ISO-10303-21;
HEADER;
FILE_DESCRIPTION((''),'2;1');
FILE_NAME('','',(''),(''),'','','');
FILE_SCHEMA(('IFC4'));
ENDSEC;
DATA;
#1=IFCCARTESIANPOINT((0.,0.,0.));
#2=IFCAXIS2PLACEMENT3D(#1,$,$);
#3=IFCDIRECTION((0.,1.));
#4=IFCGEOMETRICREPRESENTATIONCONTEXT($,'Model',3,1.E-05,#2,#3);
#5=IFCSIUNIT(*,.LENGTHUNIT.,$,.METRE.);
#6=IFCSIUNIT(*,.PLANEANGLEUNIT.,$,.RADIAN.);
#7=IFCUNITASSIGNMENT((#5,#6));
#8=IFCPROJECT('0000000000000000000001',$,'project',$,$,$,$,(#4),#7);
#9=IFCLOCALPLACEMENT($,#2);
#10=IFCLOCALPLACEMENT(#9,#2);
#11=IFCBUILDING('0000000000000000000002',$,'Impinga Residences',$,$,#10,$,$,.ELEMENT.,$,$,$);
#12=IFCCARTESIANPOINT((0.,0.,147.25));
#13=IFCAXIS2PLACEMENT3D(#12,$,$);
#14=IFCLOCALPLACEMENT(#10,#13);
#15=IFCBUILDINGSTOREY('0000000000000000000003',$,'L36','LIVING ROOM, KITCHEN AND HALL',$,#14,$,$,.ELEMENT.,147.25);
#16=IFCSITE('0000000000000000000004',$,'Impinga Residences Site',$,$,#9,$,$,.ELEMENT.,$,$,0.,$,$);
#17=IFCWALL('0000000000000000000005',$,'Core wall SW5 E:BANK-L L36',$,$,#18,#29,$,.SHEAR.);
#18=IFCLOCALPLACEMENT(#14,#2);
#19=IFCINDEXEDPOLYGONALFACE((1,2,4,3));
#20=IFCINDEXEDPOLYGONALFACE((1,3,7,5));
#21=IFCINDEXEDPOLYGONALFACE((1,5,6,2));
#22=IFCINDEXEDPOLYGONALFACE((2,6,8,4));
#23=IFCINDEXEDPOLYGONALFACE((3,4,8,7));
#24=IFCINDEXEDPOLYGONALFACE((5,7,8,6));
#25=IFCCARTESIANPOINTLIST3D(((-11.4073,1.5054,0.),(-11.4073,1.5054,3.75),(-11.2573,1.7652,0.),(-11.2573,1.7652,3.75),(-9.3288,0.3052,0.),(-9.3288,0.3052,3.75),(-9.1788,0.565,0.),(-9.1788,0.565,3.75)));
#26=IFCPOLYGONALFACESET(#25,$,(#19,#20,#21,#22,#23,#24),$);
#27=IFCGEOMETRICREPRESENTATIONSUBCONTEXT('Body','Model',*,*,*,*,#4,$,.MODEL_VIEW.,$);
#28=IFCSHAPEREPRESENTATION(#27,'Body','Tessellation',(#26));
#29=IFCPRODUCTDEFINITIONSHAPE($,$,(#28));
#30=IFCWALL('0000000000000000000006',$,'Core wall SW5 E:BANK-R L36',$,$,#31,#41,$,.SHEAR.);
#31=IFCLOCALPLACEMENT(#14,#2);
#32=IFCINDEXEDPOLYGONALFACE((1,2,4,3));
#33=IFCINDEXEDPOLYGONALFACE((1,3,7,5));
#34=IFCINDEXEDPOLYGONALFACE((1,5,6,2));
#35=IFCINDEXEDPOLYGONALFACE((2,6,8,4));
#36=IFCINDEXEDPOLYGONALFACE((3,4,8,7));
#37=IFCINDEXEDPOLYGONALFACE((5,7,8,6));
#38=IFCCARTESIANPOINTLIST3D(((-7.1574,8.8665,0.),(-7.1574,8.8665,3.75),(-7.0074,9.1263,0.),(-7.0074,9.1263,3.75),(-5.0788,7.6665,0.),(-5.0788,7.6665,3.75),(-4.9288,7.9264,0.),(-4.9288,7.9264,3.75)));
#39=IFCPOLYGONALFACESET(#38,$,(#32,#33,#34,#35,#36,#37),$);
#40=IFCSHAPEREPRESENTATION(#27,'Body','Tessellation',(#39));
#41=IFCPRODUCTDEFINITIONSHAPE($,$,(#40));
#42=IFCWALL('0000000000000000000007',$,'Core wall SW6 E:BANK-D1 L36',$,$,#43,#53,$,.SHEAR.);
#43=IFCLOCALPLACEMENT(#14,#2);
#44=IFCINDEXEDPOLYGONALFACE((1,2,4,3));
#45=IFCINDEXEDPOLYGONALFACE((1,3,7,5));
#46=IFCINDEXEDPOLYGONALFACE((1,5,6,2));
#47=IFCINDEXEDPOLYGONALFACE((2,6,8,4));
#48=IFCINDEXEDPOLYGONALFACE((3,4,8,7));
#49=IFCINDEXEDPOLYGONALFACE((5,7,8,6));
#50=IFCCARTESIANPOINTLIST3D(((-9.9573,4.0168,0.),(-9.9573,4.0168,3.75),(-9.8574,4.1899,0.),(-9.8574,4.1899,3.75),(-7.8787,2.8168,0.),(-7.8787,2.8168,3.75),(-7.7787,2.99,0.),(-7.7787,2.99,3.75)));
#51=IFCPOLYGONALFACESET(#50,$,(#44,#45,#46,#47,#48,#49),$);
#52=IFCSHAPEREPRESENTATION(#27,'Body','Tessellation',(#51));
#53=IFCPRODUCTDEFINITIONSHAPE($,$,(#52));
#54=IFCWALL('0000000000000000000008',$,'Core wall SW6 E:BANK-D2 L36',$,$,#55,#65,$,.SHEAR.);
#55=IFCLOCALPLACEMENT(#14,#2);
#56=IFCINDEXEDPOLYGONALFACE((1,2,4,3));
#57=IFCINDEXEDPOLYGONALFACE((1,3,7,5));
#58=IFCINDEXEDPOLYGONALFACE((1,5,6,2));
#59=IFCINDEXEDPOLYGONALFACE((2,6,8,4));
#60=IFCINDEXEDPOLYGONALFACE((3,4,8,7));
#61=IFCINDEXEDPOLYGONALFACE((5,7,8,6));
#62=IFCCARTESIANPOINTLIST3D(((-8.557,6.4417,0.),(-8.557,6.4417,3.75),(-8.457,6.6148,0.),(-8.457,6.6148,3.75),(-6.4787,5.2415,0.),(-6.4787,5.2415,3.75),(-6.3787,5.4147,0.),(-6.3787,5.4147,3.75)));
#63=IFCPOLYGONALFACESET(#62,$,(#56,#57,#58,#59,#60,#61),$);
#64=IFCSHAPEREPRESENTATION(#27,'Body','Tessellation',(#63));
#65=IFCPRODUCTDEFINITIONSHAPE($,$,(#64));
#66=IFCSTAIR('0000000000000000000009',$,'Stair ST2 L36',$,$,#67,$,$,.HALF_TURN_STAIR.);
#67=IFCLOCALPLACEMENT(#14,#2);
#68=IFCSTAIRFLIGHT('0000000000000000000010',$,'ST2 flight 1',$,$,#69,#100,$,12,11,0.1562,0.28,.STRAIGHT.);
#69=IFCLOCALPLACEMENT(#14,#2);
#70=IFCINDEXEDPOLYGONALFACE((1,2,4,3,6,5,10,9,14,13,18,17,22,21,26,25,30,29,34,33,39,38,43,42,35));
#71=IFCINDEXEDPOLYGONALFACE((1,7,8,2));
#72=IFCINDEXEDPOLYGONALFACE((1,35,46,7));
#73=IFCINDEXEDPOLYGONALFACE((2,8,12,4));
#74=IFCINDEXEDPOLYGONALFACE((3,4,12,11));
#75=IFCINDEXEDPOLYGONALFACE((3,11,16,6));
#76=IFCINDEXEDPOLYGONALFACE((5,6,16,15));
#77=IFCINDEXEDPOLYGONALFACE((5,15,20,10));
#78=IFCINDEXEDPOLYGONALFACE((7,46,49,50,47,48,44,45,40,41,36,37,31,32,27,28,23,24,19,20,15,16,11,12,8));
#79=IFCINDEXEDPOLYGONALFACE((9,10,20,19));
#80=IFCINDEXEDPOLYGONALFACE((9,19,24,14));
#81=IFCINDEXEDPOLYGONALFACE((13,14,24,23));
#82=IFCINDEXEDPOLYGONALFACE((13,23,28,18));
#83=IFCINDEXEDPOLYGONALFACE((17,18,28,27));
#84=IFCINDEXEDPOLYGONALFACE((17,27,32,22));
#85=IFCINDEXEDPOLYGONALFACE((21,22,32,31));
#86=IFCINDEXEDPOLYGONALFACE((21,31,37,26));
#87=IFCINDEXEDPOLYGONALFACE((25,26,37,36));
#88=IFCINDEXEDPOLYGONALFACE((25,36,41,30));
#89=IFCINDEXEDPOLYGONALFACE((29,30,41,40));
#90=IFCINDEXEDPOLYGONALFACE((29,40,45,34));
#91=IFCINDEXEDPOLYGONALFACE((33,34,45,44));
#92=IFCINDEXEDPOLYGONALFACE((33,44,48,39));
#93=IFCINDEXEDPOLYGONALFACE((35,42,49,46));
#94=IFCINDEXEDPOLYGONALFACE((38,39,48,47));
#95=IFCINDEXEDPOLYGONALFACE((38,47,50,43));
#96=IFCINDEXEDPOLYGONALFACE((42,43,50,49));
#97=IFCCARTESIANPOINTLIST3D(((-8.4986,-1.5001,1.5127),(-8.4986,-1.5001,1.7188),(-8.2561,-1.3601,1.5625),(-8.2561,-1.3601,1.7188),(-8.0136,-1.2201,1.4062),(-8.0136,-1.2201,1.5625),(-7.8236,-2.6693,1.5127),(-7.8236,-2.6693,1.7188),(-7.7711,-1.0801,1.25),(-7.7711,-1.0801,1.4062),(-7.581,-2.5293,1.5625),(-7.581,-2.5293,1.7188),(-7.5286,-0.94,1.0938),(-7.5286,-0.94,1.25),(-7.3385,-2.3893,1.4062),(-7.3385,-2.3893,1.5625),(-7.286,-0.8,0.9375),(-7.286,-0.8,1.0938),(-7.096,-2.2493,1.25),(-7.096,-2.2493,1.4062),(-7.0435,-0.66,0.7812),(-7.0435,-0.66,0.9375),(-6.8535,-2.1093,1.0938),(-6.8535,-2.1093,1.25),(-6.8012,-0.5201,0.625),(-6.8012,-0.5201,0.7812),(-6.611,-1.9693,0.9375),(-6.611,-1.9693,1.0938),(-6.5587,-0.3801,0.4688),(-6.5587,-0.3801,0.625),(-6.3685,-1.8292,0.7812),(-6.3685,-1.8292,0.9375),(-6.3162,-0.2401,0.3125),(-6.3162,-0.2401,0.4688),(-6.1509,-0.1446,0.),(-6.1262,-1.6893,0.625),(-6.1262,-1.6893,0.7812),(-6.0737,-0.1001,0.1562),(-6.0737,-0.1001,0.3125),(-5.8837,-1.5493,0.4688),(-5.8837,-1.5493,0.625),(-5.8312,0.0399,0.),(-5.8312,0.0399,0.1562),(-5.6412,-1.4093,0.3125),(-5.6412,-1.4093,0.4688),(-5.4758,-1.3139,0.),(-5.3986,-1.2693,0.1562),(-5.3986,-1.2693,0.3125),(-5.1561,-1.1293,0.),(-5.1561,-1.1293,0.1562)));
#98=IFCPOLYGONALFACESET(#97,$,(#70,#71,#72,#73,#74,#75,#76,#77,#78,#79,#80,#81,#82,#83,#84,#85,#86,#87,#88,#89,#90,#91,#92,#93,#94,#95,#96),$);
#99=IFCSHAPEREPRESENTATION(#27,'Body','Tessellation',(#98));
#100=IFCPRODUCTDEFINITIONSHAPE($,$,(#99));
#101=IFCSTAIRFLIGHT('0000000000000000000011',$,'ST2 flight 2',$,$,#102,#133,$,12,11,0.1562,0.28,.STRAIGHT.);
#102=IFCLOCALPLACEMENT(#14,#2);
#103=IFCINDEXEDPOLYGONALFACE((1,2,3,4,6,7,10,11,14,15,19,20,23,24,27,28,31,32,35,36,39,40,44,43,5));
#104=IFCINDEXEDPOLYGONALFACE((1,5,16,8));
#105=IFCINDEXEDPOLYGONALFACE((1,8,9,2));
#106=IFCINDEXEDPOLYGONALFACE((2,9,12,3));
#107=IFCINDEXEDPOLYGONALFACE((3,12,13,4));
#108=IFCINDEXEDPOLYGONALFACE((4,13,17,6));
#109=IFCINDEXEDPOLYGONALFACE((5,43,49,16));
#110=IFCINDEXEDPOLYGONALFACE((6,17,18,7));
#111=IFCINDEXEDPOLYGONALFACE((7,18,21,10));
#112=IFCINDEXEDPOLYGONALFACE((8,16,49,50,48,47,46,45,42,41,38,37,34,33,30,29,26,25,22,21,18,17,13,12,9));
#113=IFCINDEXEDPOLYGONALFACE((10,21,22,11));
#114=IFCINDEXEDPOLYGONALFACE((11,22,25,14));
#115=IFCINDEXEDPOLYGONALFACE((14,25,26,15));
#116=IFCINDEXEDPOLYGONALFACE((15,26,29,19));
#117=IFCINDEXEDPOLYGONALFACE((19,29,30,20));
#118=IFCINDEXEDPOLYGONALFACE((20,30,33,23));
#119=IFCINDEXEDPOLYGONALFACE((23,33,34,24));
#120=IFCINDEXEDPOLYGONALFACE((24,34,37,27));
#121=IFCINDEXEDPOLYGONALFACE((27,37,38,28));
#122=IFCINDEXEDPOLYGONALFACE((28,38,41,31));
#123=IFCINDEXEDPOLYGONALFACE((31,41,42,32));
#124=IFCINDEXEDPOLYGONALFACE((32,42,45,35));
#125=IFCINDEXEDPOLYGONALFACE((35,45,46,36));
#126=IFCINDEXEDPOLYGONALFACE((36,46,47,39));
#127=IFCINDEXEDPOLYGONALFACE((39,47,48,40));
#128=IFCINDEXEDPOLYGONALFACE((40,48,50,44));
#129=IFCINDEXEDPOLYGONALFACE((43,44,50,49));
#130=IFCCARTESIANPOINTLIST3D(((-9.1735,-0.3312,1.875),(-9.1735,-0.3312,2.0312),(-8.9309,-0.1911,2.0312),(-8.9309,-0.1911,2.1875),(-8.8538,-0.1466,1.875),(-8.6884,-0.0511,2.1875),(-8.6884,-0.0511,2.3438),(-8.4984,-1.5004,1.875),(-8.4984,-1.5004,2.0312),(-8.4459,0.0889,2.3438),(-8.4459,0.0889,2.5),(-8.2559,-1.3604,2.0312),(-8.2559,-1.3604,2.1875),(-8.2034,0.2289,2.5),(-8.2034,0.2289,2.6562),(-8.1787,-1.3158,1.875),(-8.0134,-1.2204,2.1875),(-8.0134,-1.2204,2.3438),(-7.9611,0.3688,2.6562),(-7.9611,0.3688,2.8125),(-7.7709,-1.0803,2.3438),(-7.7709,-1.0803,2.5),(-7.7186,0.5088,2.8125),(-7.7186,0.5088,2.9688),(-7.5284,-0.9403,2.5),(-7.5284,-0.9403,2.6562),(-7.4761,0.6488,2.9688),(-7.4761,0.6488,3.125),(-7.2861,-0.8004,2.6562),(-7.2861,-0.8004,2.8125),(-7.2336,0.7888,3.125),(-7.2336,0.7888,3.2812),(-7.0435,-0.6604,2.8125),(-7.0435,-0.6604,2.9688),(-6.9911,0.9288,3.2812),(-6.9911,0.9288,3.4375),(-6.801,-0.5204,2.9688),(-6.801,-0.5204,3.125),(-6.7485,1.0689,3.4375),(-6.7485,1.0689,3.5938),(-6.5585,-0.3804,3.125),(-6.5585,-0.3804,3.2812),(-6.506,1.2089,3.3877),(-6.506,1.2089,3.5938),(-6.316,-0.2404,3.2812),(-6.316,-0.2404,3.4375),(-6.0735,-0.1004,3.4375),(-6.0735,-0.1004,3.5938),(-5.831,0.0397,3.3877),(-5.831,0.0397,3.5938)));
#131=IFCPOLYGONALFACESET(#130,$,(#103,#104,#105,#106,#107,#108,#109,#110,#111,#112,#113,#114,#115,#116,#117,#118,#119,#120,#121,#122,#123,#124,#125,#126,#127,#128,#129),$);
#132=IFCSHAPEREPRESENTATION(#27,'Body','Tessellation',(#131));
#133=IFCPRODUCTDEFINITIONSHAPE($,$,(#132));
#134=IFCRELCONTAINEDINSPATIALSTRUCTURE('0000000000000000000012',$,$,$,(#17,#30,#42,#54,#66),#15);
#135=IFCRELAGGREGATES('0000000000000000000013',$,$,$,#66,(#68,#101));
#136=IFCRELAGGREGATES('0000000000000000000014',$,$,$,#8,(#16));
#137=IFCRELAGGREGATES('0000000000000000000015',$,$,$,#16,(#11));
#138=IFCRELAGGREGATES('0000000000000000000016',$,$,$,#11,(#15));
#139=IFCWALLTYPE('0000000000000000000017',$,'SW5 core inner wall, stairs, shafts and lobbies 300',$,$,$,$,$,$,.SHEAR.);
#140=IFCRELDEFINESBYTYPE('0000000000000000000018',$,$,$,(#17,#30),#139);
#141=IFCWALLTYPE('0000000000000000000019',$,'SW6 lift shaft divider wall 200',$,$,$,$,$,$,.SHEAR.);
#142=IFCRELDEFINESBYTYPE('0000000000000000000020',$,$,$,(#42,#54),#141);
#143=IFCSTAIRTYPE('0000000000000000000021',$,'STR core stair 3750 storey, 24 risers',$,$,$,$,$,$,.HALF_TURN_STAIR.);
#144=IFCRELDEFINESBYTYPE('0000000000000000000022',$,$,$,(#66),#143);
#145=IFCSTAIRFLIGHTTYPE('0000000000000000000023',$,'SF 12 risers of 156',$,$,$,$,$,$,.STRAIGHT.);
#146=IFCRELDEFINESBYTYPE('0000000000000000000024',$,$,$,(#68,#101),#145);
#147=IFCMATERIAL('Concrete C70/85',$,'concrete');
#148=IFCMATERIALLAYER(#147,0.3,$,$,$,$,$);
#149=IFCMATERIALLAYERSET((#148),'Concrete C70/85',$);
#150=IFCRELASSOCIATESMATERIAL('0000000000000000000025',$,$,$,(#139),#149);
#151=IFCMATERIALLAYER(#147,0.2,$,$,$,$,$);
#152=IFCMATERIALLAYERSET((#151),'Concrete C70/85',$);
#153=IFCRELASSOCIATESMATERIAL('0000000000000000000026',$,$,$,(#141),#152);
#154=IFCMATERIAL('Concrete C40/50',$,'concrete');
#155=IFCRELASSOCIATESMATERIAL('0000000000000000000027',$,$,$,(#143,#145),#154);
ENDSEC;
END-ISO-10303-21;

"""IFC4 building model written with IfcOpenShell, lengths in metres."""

from ifc_helpers import new_model, si_unit, direction, frame, frame_2d, origin, place, context, subcontext, project, spatial, polyline, rectangle, outline, extrude, material, layer, layer_set, type_object, element, aggregate, save


model = new_model("IFC4")

# Units and contexts
model_context = context("Model", 3, precision=1e-05, world=origin(), true_north=direction((0.0, 1.0)))
body_context = subcontext(model_context, "Body", "Model", "MODEL_VIEW")
ifc_project = project(units=[si_unit("LENGTHUNIT", "METRE"), si_unit("PLANEANGLEUNIT", "RADIAN")], contexts=[model_context])

# Site, building, storey
site_placement = place(None, origin())
site = spatial("IfcSite", under=ifc_project, at=site_placement, Name="Impinga Residences Site", CompositionType="ELEMENT", RefElevation=0.0)
building_placement = place(site_placement, origin())
building = spatial("IfcBuilding", under=site, at=building_placement, Name="Impinga Residences", CompositionType="ELEMENT")
storey_placement = place(building_placement, frame((0.0, 0.0, 147.25)))
storey = spatial("IfcBuildingStorey", under=building, at=storey_placement, Name="L36", Description="LIVING ROOM, KITCHEN AND HALL", CompositionType="ELEMENT", Elevation=147.25)

# Shared definitions
ifc_material_1 = material(Name="Concrete C70/85", Category="concrete")
ifc_layer_1 = layer(ifc_material_1, 0.3)
ifc_layer_set_1 = layer_set([ifc_layer_1], Name="Concrete C70/85")
wall_type_1 = type_object("IfcWallType", Name="SW5 core inner wall, stairs, shafts and lobbies 300", PredefinedType="SHEAR", material=ifc_layer_set_1)

# Walls
for number, where, z_axis, x_axis, name in (
    (1, (-9.2537, 0.4351, 0.0), (0.0, 0.0, 1.0), (-0.866006, 0.500034, 0.0), "Core wall SW5 E:BANK-L L36"),
    (2, (-5.0037, 7.7964, 0.0), (0.0, 0.0, 1.0), (-0.86605, 0.499957, 0.0), "Core wall SW5 E:BANK-R L36"),
):
    element("IfcWall", number, at=place(storey_placement, frame(where, z_axis=z_axis, x_axis=x_axis)), inside=storey, type_object=wall_type_1, Name=name, PredefinedType="SHEAR", context=body_context, shape_type="SweptSolid", body=[
        extrude(rectangle(XDim=2.4001, YDim=0.3, at=frame_2d((1.2002, 0.0))), origin(), (0.0, 0.0, 1.0), 3.75),
    ])
ifc_layer_2 = layer(ifc_material_1, 0.2)
ifc_layer_set_2 = layer_set([ifc_layer_2], Name="Concrete C70/85")
wall_type_2 = type_object("IfcWallType", Name="SW6 lift shaft divider wall 200", PredefinedType="SHEAR", material=ifc_layer_set_2)
wall_1_placement = place(storey_placement, frame((-7.8286, 2.9033, 0.0), z_axis=(0.0, 0.0, 1.0), x_axis=(-0.86605, 0.499957, 0.0)))
element("IfcWall", 3, at=wall_1_placement, inside=storey, type_object=wall_type_2, Name="Core wall SW6 E:BANK-D1 L36", PredefinedType="SHEAR", context=body_context, shape_type="SweptSolid", body=[
    extrude(rectangle(XDim=2.4001, YDim=0.2, at=frame_2d((1.2002, 0.0))), origin(), (0.0, 0.0, 1.0), 3.75),
])
wall_2_placement = place(storey_placement, frame((-6.4287, 5.3281, 0.0), z_axis=(0.0, 0.0, 1.0), x_axis=(-0.865981, 0.500078, 0.0)))
element("IfcWall", 4, at=wall_2_placement, inside=storey, type_object=wall_type_2, Name="Core wall SW6 E:BANK-D2 L36", PredefinedType="SHEAR", context=body_context, shape_type="SweptSolid", body=[
    extrude(rectangle(XDim=2.3999, YDim=0.2, at=frame_2d((1.2, 0.0))), origin(), (0.0, 0.0, 1.0), 3.75),
])

# Stair, stair flights
ifc_material_2 = material(Name="Concrete C40/50", Category="concrete")
stair_type = type_object("IfcStairType", Name="STR core stair 3750 storey, 24 risers", PredefinedType="HALF_TURN_STAIR", material=ifc_material_2)
stair_placement = place(storey_placement, origin())
stair = element("IfcStair", 5, at=stair_placement, inside=storey, type_object=stair_type, Name="Stair ST2 L36", PredefinedType="HALF_TURN_STAIR")
stair_flight_type = type_object("IfcStairFlightType", Name="SF 12 risers of 156", PredefinedType="STRAIGHT", material=ifc_material_2)
stair_flight_1_placement = place(storey_placement, frame((-5.4937, -0.5447, 0.0), z_axis=(0.0, 0.0, 1.0), x_axis=(-0.866025, -0.5, 0.0)))
stair_flight_1 = element("IfcStairFlight", 6, at=stair_flight_1_placement, type_object=stair_flight_type, Name="ST2 flight 1", NumberOfRisers=12, NumberOfTreads=11, PredefinedType="STRAIGHT", RiserHeight=0.1562, TreadLength=0.28, context=body_context, shape_type="SweptSolid", body=[
    extrude(outline(polyline([(0.0, 0.0), (0.0, 0.1562), (0.28, 0.1562), (0.28, 0.3125), (0.5601, 0.3125), (0.5601, 0.4688), (0.8401, 0.4688), (0.8401, 0.625), (1.1201, 0.625), (1.1201, 0.7812), (1.3999, 0.7812), (1.3999, 0.9375), (1.6799, 0.9375), (1.6799, 1.0938), (1.96, 1.0938), (1.96, 1.25), (2.24, 1.25), (2.24, 1.4062), (2.52, 1.4062), (2.52, 1.5625), (2.8, 1.5625), (2.8, 1.7188), (3.0801, 1.7188), (3.0801, 1.875), (3.0801, 1.5127), (0.3691, 0.0), (0.0, 0.0)])), frame((0.0, 0.675, 0.0), z_axis=(0.0, -1.0, 0.0), x_axis=(1.0, 0.0, 0.0)), (0.0, 0.0, 1.0), 1.3501),
])
stair_flight_2_placement = place(storey_placement, frame((-8.8359, -0.9158, 1.875), z_axis=(0.0, 0.0, 1.0), x_axis=(0.866025, 0.5, 0.0)))
stair_flight_2 = element("IfcStairFlight", 7, at=stair_flight_2_placement, type_object=stair_flight_type, Name="ST2 flight 2", NumberOfRisers=12, NumberOfTreads=11, PredefinedType="STRAIGHT", RiserHeight=0.1562, TreadLength=0.28, context=body_context, shape_type="SweptSolid", body=[
    extrude(outline(polyline([(0.0, 0.0), (0.0, 0.1562), (0.28, 0.1562), (0.28, 0.3125), (0.5601, 0.3125), (0.5601, 0.4688), (0.8401, 0.4688), (0.8401, 0.625), (1.1201, 0.625), (1.1201, 0.7812), (1.3999, 0.7812), (1.3999, 0.9375), (1.6799, 0.9375), (1.6799, 1.0938), (1.96, 1.0938), (1.96, 1.25), (2.24, 1.25), (2.24, 1.4062), (2.52, 1.4062), (2.52, 1.5625), (2.8, 1.5625), (2.8, 1.7188), (3.0801, 1.7188), (3.0801, 1.875), (3.0801, 1.5127), (0.3691, 0.0), (0.0, 0.0)])), frame((0.0, 0.675, 0.0), z_axis=(0.0, -1.0, 0.0), x_axis=(1.0, 0.0, 0.0)), (0.0, 0.0, 1.0), 1.3501),
])
aggregate(stair, [stair_flight_1, stair_flight_2])

save(model, "model.ifc")
